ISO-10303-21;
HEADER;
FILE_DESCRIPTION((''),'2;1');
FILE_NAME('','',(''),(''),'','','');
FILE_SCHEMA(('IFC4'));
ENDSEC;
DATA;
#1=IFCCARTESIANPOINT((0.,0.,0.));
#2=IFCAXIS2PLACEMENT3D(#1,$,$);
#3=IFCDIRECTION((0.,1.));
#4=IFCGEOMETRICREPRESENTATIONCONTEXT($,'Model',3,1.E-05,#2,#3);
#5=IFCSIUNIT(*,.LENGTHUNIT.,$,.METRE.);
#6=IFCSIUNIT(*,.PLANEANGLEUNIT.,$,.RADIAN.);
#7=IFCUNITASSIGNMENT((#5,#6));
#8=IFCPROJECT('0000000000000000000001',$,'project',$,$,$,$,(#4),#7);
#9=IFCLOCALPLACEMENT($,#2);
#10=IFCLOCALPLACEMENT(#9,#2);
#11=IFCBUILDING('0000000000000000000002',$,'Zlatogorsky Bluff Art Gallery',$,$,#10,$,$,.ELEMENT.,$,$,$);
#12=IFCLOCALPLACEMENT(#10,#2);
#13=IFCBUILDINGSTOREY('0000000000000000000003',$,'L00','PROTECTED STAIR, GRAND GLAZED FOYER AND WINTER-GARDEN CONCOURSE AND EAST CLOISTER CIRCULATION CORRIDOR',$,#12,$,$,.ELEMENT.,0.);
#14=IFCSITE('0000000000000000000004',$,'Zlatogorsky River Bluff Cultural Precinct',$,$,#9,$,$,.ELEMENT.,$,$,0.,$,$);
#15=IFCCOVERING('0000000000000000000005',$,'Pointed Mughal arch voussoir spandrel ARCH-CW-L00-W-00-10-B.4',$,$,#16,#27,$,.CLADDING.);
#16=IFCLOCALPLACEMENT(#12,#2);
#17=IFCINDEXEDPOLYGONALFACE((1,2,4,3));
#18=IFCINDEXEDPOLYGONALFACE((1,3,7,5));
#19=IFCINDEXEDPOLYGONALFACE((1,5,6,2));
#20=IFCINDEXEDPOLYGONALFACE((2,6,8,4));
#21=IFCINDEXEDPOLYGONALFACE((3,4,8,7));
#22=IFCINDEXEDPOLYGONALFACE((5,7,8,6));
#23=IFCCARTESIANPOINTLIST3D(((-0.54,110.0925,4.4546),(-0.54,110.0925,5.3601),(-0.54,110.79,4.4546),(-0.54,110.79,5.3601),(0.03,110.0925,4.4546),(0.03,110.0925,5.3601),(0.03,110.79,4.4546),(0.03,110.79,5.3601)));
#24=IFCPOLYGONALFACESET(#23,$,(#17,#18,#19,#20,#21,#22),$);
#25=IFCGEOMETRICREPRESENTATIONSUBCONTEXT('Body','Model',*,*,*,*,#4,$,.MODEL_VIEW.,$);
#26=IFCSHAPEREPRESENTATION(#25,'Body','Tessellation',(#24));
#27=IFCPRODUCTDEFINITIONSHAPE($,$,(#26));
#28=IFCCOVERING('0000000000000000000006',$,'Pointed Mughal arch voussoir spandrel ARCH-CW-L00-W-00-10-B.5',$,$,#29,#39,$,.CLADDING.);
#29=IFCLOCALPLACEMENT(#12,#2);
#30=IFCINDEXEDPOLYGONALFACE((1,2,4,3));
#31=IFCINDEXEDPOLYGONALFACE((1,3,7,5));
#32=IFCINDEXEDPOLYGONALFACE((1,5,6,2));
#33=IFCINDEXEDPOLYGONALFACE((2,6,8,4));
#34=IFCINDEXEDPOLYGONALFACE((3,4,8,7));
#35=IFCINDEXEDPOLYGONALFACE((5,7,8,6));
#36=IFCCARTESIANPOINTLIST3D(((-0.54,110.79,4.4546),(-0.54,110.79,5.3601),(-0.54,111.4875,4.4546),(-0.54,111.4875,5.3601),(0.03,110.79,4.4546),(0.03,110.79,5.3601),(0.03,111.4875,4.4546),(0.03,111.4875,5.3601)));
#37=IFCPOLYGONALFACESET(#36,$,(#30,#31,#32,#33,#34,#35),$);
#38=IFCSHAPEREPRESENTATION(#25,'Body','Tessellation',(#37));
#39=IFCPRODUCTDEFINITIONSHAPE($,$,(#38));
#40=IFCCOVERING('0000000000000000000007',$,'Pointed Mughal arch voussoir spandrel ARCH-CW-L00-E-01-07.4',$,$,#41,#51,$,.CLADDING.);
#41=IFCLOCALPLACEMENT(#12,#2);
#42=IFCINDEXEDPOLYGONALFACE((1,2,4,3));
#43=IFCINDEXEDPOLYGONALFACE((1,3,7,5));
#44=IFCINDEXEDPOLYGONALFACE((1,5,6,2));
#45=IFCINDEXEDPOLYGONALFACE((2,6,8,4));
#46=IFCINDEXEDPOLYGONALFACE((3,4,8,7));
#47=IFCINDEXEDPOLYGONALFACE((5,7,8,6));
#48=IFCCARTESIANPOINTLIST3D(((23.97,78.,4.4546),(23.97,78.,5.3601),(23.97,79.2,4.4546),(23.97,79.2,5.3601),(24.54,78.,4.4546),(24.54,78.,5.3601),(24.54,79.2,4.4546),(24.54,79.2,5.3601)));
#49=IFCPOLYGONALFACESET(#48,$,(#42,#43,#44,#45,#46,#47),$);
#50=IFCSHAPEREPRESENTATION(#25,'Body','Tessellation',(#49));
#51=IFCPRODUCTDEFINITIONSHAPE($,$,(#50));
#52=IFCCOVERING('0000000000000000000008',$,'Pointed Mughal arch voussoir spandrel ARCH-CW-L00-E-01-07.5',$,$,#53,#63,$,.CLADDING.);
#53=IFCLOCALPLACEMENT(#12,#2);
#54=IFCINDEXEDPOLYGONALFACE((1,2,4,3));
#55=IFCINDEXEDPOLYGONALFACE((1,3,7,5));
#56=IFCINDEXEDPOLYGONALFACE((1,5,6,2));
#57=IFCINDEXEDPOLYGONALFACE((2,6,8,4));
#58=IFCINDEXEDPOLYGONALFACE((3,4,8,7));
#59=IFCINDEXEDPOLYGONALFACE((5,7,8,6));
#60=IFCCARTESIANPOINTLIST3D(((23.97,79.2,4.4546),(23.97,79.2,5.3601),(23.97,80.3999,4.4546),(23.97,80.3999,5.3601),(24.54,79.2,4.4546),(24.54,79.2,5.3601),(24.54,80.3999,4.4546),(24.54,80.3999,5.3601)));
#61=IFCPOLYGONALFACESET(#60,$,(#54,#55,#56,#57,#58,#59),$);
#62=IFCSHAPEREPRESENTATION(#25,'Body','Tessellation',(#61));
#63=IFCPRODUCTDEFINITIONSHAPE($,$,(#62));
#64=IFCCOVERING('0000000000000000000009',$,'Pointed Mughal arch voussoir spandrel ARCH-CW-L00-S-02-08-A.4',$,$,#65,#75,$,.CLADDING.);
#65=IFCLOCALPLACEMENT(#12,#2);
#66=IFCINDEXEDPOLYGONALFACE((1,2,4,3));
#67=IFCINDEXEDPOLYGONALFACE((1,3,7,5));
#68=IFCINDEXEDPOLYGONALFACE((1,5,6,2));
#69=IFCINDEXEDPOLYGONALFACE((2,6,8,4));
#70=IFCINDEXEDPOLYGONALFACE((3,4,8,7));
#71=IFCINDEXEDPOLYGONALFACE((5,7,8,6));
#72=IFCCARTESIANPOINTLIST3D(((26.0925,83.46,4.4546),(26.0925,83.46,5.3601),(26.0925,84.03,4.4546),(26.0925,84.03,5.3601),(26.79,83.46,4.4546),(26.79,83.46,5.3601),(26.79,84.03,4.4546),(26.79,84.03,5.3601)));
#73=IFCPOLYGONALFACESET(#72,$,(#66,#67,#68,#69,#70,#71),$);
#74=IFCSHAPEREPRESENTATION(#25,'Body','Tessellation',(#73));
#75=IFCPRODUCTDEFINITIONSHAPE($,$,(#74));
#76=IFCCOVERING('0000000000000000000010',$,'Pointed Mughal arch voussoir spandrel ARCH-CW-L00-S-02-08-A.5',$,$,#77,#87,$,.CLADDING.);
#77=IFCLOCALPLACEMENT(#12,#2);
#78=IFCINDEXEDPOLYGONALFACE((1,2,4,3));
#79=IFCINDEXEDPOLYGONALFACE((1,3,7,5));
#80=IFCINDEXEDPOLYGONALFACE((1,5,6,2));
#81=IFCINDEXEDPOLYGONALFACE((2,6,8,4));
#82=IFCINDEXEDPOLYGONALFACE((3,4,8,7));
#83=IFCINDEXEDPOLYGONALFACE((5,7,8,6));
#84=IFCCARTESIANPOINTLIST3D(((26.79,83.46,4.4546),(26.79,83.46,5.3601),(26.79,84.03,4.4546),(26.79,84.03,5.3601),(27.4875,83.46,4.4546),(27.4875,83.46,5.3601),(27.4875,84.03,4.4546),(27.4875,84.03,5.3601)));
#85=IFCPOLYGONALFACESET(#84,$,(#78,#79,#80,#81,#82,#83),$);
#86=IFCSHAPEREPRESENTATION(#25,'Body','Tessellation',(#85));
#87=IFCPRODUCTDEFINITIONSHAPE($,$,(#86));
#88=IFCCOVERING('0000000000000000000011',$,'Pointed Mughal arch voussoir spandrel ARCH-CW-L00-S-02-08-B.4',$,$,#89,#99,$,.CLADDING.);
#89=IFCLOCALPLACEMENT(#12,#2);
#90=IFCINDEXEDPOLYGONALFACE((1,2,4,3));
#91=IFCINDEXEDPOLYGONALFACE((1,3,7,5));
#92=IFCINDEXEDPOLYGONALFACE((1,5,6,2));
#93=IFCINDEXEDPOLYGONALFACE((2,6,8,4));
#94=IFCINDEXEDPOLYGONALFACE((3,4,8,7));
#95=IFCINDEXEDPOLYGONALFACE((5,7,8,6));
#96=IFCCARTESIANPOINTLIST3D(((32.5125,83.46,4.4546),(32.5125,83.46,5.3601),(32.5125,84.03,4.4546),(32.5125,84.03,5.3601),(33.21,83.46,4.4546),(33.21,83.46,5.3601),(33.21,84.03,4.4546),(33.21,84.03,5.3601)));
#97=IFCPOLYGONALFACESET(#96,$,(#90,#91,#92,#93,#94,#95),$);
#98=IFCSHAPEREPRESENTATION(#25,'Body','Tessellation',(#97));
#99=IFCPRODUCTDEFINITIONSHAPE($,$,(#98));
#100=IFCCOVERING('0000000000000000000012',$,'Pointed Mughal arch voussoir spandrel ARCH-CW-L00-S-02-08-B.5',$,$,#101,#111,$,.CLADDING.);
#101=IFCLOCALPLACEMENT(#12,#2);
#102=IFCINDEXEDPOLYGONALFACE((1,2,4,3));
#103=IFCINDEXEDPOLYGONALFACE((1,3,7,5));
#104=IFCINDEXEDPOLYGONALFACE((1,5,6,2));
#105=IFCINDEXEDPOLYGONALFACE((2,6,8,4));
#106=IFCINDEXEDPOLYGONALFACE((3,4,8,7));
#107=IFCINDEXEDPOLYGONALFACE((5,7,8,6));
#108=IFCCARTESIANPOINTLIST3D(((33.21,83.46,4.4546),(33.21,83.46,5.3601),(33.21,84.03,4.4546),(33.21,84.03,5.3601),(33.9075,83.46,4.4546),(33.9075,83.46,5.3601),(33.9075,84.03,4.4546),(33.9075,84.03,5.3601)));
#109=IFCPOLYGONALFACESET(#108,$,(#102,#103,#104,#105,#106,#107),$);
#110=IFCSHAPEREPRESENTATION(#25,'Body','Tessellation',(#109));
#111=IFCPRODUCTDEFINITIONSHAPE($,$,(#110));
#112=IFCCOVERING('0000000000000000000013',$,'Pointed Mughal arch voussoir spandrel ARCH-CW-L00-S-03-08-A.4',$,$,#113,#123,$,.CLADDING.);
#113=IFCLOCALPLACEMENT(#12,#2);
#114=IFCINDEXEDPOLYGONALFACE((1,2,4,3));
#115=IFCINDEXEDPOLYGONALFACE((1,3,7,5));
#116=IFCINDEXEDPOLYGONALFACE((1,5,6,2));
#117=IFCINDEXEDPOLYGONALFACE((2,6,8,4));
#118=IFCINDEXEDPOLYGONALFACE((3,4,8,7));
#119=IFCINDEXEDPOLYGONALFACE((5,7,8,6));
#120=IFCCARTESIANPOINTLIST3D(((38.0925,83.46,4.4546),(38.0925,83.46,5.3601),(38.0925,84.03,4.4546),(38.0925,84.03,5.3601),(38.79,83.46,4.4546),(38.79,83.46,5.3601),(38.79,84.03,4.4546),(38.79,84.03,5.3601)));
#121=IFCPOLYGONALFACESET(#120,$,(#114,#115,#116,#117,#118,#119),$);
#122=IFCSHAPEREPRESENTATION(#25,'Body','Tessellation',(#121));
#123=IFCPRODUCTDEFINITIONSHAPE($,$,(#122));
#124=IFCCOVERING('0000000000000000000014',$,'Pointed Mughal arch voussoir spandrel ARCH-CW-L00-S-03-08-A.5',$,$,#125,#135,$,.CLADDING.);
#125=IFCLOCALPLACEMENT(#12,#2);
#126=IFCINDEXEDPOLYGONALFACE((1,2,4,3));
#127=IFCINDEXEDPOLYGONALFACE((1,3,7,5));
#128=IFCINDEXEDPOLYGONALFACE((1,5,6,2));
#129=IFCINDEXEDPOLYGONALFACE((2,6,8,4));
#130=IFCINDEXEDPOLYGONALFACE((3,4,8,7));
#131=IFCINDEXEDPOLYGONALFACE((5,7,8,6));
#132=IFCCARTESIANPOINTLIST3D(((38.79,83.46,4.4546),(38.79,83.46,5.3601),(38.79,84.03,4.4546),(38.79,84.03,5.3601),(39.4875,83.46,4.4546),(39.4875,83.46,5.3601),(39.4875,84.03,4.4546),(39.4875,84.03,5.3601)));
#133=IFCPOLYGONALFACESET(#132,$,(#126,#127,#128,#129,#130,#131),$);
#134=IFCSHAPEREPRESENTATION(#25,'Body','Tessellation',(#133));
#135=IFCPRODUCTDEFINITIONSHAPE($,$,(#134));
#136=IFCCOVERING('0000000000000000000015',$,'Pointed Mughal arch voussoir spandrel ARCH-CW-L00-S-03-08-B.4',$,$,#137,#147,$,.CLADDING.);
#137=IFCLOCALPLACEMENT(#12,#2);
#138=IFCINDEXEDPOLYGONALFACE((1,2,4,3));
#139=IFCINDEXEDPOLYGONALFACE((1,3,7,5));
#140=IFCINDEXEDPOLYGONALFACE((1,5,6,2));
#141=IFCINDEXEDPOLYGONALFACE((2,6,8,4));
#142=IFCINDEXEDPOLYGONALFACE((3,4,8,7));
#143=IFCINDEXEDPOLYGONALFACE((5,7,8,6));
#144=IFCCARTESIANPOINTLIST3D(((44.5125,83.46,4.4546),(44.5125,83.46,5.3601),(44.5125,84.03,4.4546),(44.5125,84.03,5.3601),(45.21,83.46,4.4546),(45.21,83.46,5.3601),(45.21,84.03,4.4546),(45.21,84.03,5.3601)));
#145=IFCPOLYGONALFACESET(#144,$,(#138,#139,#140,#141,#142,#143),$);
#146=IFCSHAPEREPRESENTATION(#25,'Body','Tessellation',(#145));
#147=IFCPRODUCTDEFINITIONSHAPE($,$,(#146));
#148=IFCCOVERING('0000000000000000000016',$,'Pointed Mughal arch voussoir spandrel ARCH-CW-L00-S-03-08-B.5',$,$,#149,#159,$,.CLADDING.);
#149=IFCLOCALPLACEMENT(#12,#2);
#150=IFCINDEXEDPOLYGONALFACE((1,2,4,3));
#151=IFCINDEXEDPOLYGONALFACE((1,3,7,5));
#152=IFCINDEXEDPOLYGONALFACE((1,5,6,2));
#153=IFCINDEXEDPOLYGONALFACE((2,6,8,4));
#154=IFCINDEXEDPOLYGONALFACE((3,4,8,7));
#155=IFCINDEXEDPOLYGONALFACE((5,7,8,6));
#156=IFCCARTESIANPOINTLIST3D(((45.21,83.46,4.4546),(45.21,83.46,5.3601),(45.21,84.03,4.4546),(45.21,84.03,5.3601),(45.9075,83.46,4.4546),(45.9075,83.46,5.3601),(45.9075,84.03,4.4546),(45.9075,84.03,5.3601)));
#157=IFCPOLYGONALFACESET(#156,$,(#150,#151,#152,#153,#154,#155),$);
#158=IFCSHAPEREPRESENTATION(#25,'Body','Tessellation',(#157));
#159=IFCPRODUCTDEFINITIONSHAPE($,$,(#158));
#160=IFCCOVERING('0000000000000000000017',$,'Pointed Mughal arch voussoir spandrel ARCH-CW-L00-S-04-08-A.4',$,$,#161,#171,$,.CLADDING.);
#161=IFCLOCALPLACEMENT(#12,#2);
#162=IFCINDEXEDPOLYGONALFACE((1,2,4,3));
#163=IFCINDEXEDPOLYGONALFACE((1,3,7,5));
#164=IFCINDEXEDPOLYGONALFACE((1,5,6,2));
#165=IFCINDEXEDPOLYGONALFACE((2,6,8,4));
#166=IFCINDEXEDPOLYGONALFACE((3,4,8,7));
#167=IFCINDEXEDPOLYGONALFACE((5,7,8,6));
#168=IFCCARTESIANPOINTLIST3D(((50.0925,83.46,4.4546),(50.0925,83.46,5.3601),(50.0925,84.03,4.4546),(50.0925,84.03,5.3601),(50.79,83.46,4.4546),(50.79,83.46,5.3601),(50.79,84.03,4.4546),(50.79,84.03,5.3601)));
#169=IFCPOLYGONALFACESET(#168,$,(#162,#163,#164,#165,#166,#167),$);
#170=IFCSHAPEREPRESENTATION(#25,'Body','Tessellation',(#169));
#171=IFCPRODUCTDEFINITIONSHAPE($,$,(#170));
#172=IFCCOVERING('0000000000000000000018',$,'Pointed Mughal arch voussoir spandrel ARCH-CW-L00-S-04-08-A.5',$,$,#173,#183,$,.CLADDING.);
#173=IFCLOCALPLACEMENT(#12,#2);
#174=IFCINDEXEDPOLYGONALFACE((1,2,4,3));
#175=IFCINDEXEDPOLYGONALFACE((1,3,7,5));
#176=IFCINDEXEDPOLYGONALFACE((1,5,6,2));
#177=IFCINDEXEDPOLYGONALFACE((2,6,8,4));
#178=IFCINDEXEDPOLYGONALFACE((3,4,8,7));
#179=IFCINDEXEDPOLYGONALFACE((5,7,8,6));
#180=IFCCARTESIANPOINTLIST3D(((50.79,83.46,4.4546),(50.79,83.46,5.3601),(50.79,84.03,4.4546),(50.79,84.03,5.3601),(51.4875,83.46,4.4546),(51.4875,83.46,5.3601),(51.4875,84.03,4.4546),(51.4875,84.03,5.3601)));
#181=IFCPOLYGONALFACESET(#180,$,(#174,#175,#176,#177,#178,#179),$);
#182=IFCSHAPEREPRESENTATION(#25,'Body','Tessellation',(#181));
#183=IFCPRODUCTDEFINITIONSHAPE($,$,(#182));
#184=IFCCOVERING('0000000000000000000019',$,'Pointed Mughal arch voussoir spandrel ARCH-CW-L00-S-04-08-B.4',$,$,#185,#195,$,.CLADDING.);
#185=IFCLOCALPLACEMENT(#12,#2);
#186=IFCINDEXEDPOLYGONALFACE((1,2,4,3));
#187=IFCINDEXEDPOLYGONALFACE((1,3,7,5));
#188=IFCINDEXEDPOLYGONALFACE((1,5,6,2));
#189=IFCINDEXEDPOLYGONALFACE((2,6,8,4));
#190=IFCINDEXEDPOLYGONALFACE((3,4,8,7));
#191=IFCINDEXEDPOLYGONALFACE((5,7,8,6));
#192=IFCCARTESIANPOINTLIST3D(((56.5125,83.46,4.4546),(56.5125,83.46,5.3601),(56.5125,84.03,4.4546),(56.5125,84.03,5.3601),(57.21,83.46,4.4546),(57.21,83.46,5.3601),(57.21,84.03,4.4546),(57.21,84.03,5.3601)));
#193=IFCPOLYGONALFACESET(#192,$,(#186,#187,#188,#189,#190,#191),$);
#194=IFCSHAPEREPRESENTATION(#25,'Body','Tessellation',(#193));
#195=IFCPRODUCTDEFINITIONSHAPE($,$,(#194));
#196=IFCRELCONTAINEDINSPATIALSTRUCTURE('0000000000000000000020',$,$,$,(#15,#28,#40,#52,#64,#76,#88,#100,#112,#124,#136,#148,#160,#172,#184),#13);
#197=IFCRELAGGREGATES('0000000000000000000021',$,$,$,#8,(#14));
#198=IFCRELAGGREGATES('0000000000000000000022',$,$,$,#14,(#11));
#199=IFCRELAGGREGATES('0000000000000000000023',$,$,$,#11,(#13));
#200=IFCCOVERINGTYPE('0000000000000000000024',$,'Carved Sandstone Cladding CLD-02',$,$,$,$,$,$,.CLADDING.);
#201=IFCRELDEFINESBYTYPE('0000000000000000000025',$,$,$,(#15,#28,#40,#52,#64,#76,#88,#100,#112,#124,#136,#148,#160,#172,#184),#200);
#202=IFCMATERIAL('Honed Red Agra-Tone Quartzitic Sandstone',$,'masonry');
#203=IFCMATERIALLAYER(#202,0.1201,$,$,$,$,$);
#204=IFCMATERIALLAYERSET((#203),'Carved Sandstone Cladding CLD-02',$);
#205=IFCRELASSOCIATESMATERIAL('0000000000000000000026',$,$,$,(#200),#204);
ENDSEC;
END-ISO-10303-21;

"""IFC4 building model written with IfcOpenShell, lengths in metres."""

from ifc_helpers import new_model, si_unit, direction, frame, origin, place, context, subcontext, project, spatial, polyline, outline, extrude, material, layer, layer_set, type_object, element, save


model = new_model("IFC4")

# Units and contexts
model_context = context("Model", 3, precision=1e-05, world=origin(), true_north=direction((0.0, 1.0)))
body_context = subcontext(model_context, "Body", "Model", "MODEL_VIEW")
ifc_project = project(units=[si_unit("LENGTHUNIT", "METRE"), si_unit("PLANEANGLEUNIT", "RADIAN")], contexts=[model_context])

# Site, building, storey
site_placement = place(None, origin())
site = spatial("IfcSite", under=ifc_project, at=site_placement, Name="Zlatogorsky River Bluff Cultural Precinct", CompositionType="ELEMENT", RefElevation=0.0)
building_placement = place(site_placement, origin())
building = spatial("IfcBuilding", under=site, at=building_placement, Name="Zlatogorsky Bluff Art Gallery", CompositionType="ELEMENT")
storey_placement = place(building_placement, origin())
storey = spatial("IfcBuildingStorey", under=building, at=storey_placement, Name="L00", Description="PROTECTED STAIR, GRAND GLAZED FOYER AND WINTER-GARDEN CONCOURSE AND EAST CLOISTER CIRCULATION CORRIDOR", CompositionType="ELEMENT", Elevation=0.0)

# Coverings
ifc_material = material(Name="Honed Red Agra-Tone Quartzitic Sandstone", Category="masonry")
ifc_layer = layer(ifc_material, 0.1201)
ifc_layer_set = layer_set([ifc_layer], Name="Carved Sandstone Cladding CLD-02")
covering_type = type_object("IfcCoveringType", Name="Carved Sandstone Cladding CLD-02", PredefinedType="CLADDING", material=ifc_layer_set)
covering_1_placement = place(storey_placement, frame((0.0, 0.0, 4.4546)))
element("IfcCovering", 1, at=covering_1_placement, inside=storey, type_object=covering_type, Name="Pointed Mughal arch voussoir spandrel ARCH-CW-L00-W-00-10-B.4", PredefinedType="CLADDING", context=body_context, shape_type="SweptSolid", body=[
    extrude(outline(polyline([(-0.54, 110.0925), (-0.54, 110.79), (0.03, 110.79), (0.03, 110.0925), (-0.54, 110.0925)])), origin(), (0.0, 0.0, 1.0), 0.9055),
])
covering_2_placement = place(storey_placement, frame((0.0, 0.0, 4.4546)))
element("IfcCovering", 2, at=covering_2_placement, inside=storey, type_object=covering_type, Name="Pointed Mughal arch voussoir spandrel ARCH-CW-L00-W-00-10-B.5", PredefinedType="CLADDING", context=body_context, shape_type="SweptSolid", body=[
    extrude(outline(polyline([(-0.54, 110.79), (-0.54, 111.4875), (0.03, 111.4875), (0.03, 110.79), (-0.54, 110.79)])), origin(), (0.0, 0.0, 1.0), 0.9055),
])
covering_3_placement = place(storey_placement, frame((0.0, 0.0, 4.4546)))
element("IfcCovering", 3, at=covering_3_placement, inside=storey, type_object=covering_type, Name="Pointed Mughal arch voussoir spandrel ARCH-CW-L00-E-01-07.4", PredefinedType="CLADDING", context=body_context, shape_type="SweptSolid", body=[
    extrude(outline(polyline([(23.97, 78.0), (23.97, 79.2), (24.54, 79.2), (24.54, 78.0), (23.97, 78.0)])), origin(), (0.0, 0.0, 1.0), 0.9055),
])
covering_4_placement = place(storey_placement, frame((0.0, 0.0, 4.4546)))
element("IfcCovering", 4, at=covering_4_placement, inside=storey, type_object=covering_type, Name="Pointed Mughal arch voussoir spandrel ARCH-CW-L00-E-01-07.5", PredefinedType="CLADDING", context=body_context, shape_type="SweptSolid", body=[
    extrude(outline(polyline([(23.97, 79.2), (23.97, 80.3999), (24.54, 80.3999), (24.54, 79.2), (23.97, 79.2)])), origin(), (0.0, 0.0, 1.0), 0.9055),
])
covering_5_placement = place(storey_placement, frame((0.0, 0.0, 4.4546)))
element("IfcCovering", 5, at=covering_5_placement, inside=storey, type_object=covering_type, Name="Pointed Mughal arch voussoir spandrel ARCH-CW-L00-S-02-08-A.4", PredefinedType="CLADDING", context=body_context, shape_type="SweptSolid", body=[
    extrude(outline(polyline([(26.0925, 83.46), (26.79, 83.46), (26.79, 84.03), (26.0925, 84.03), (26.0925, 83.46)])), origin(), (0.0, 0.0, 1.0), 0.9055),
])
covering_6_placement = place(storey_placement, frame((0.0, 0.0, 4.4546)))
element("IfcCovering", 6, at=covering_6_placement, inside=storey, type_object=covering_type, Name="Pointed Mughal arch voussoir spandrel ARCH-CW-L00-S-02-08-A.5", PredefinedType="CLADDING", context=body_context, shape_type="SweptSolid", body=[
    extrude(outline(polyline([(26.79, 83.46), (27.4875, 83.46), (27.4875, 84.03), (26.79, 84.03), (26.79, 83.46)])), origin(), (0.0, 0.0, 1.0), 0.9055),
])
covering_7_placement = place(storey_placement, frame((0.0, 0.0, 4.4546)))
element("IfcCovering", 7, at=covering_7_placement, inside=storey, type_object=covering_type, Name="Pointed Mughal arch voussoir spandrel ARCH-CW-L00-S-02-08-B.4", PredefinedType="CLADDING", context=body_context, shape_type="SweptSolid", body=[
    extrude(outline(polyline([(32.5125, 83.46), (33.21, 83.46), (33.21, 84.03), (32.5125, 84.03), (32.5125, 83.46)])), origin(), (0.0, 0.0, 1.0), 0.9055),
])
covering_8_placement = place(storey_placement, frame((0.0, 0.0, 4.4546)))
element("IfcCovering", 8, at=covering_8_placement, inside=storey, type_object=covering_type, Name="Pointed Mughal arch voussoir spandrel ARCH-CW-L00-S-02-08-B.5", PredefinedType="CLADDING", context=body_context, shape_type="SweptSolid", body=[
    extrude(outline(polyline([(33.21, 83.46), (33.9075, 83.46), (33.9075, 84.03), (33.21, 84.03), (33.21, 83.46)])), origin(), (0.0, 0.0, 1.0), 0.9055),
])
covering_9_placement = place(storey_placement, frame((0.0, 0.0, 4.4546)))
element("IfcCovering", 9, at=covering_9_placement, inside=storey, type_object=covering_type, Name="Pointed Mughal arch voussoir spandrel ARCH-CW-L00-S-03-08-A.4", PredefinedType="CLADDING", context=body_context, shape_type="SweptSolid", body=[
    extrude(outline(polyline([(38.0925, 83.46), (38.79, 83.46), (38.79, 84.03), (38.0925, 84.03), (38.0925, 83.46)])), origin(), (0.0, 0.0, 1.0), 0.9055),
])
covering_10_placement = place(storey_placement, frame((0.0, 0.0, 4.4546)))
element("IfcCovering", 10, at=covering_10_placement, inside=storey, type_object=covering_type, Name="Pointed Mughal arch voussoir spandrel ARCH-CW-L00-S-03-08-A.5", PredefinedType="CLADDING", context=body_context, shape_type="SweptSolid", body=[
    extrude(outline(polyline([(38.79, 83.46), (39.4875, 83.46), (39.4875, 84.03), (38.79, 84.03), (38.79, 83.46)])), origin(), (0.0, 0.0, 1.0), 0.9055),
])
covering_11_placement = place(storey_placement, frame((0.0, 0.0, 4.4546)))
element("IfcCovering", 11, at=covering_11_placement, inside=storey, type_object=covering_type, Name="Pointed Mughal arch voussoir spandrel ARCH-CW-L00-S-03-08-B.4", PredefinedType="CLADDING", context=body_context, shape_type="SweptSolid", body=[
    extrude(outline(polyline([(44.5125, 83.46), (45.21, 83.46), (45.21, 84.03), (44.5125, 84.03), (44.5125, 83.46)])), origin(), (0.0, 0.0, 1.0), 0.9055),
])
covering_12_placement = place(storey_placement, frame((0.0, 0.0, 4.4546)))
element("IfcCovering", 12, at=covering_12_placement, inside=storey, type_object=covering_type, Name="Pointed Mughal arch voussoir spandrel ARCH-CW-L00-S-03-08-B.5", PredefinedType="CLADDING", context=body_context, shape_type="SweptSolid", body=[
    extrude(outline(polyline([(45.21, 83.46), (45.9075, 83.46), (45.9075, 84.03), (45.21, 84.03), (45.21, 83.46)])), origin(), (0.0, 0.0, 1.0), 0.9055),
])
covering_13_placement = place(storey_placement, frame((0.0, 0.0, 4.4546)))
element("IfcCovering", 13, at=covering_13_placement, inside=storey, type_object=covering_type, Name="Pointed Mughal arch voussoir spandrel ARCH-CW-L00-S-04-08-A.4", PredefinedType="CLADDING", context=body_context, shape_type="SweptSolid", body=[
    extrude(outline(polyline([(50.0925, 83.46), (50.79, 83.46), (50.79, 84.03), (50.0925, 84.03), (50.0925, 83.46)])), origin(), (0.0, 0.0, 1.0), 0.9055),
])
covering_14_placement = place(storey_placement, frame((0.0, 0.0, 4.4546)))
element("IfcCovering", 14, at=covering_14_placement, inside=storey, type_object=covering_type, Name="Pointed Mughal arch voussoir spandrel ARCH-CW-L00-S-04-08-A.5", PredefinedType="CLADDING", context=body_context, shape_type="SweptSolid", body=[
    extrude(outline(polyline([(50.79, 83.46), (51.4875, 83.46), (51.4875, 84.03), (50.79, 84.03), (50.79, 83.46)])), origin(), (0.0, 0.0, 1.0), 0.9055),
])
covering_15_placement = place(storey_placement, frame((0.0, 0.0, 4.4546)))
element("IfcCovering", 15, at=covering_15_placement, inside=storey, type_object=covering_type, Name="Pointed Mughal arch voussoir spandrel ARCH-CW-L00-S-04-08-B.4", PredefinedType="CLADDING", context=body_context, shape_type="SweptSolid", body=[
    extrude(outline(polyline([(56.5125, 83.46), (57.21, 83.46), (57.21, 84.03), (56.5125, 84.03), (56.5125, 83.46)])), origin(), (0.0, 0.0, 1.0), 0.9055),
])

save(model, "model.ifc")
